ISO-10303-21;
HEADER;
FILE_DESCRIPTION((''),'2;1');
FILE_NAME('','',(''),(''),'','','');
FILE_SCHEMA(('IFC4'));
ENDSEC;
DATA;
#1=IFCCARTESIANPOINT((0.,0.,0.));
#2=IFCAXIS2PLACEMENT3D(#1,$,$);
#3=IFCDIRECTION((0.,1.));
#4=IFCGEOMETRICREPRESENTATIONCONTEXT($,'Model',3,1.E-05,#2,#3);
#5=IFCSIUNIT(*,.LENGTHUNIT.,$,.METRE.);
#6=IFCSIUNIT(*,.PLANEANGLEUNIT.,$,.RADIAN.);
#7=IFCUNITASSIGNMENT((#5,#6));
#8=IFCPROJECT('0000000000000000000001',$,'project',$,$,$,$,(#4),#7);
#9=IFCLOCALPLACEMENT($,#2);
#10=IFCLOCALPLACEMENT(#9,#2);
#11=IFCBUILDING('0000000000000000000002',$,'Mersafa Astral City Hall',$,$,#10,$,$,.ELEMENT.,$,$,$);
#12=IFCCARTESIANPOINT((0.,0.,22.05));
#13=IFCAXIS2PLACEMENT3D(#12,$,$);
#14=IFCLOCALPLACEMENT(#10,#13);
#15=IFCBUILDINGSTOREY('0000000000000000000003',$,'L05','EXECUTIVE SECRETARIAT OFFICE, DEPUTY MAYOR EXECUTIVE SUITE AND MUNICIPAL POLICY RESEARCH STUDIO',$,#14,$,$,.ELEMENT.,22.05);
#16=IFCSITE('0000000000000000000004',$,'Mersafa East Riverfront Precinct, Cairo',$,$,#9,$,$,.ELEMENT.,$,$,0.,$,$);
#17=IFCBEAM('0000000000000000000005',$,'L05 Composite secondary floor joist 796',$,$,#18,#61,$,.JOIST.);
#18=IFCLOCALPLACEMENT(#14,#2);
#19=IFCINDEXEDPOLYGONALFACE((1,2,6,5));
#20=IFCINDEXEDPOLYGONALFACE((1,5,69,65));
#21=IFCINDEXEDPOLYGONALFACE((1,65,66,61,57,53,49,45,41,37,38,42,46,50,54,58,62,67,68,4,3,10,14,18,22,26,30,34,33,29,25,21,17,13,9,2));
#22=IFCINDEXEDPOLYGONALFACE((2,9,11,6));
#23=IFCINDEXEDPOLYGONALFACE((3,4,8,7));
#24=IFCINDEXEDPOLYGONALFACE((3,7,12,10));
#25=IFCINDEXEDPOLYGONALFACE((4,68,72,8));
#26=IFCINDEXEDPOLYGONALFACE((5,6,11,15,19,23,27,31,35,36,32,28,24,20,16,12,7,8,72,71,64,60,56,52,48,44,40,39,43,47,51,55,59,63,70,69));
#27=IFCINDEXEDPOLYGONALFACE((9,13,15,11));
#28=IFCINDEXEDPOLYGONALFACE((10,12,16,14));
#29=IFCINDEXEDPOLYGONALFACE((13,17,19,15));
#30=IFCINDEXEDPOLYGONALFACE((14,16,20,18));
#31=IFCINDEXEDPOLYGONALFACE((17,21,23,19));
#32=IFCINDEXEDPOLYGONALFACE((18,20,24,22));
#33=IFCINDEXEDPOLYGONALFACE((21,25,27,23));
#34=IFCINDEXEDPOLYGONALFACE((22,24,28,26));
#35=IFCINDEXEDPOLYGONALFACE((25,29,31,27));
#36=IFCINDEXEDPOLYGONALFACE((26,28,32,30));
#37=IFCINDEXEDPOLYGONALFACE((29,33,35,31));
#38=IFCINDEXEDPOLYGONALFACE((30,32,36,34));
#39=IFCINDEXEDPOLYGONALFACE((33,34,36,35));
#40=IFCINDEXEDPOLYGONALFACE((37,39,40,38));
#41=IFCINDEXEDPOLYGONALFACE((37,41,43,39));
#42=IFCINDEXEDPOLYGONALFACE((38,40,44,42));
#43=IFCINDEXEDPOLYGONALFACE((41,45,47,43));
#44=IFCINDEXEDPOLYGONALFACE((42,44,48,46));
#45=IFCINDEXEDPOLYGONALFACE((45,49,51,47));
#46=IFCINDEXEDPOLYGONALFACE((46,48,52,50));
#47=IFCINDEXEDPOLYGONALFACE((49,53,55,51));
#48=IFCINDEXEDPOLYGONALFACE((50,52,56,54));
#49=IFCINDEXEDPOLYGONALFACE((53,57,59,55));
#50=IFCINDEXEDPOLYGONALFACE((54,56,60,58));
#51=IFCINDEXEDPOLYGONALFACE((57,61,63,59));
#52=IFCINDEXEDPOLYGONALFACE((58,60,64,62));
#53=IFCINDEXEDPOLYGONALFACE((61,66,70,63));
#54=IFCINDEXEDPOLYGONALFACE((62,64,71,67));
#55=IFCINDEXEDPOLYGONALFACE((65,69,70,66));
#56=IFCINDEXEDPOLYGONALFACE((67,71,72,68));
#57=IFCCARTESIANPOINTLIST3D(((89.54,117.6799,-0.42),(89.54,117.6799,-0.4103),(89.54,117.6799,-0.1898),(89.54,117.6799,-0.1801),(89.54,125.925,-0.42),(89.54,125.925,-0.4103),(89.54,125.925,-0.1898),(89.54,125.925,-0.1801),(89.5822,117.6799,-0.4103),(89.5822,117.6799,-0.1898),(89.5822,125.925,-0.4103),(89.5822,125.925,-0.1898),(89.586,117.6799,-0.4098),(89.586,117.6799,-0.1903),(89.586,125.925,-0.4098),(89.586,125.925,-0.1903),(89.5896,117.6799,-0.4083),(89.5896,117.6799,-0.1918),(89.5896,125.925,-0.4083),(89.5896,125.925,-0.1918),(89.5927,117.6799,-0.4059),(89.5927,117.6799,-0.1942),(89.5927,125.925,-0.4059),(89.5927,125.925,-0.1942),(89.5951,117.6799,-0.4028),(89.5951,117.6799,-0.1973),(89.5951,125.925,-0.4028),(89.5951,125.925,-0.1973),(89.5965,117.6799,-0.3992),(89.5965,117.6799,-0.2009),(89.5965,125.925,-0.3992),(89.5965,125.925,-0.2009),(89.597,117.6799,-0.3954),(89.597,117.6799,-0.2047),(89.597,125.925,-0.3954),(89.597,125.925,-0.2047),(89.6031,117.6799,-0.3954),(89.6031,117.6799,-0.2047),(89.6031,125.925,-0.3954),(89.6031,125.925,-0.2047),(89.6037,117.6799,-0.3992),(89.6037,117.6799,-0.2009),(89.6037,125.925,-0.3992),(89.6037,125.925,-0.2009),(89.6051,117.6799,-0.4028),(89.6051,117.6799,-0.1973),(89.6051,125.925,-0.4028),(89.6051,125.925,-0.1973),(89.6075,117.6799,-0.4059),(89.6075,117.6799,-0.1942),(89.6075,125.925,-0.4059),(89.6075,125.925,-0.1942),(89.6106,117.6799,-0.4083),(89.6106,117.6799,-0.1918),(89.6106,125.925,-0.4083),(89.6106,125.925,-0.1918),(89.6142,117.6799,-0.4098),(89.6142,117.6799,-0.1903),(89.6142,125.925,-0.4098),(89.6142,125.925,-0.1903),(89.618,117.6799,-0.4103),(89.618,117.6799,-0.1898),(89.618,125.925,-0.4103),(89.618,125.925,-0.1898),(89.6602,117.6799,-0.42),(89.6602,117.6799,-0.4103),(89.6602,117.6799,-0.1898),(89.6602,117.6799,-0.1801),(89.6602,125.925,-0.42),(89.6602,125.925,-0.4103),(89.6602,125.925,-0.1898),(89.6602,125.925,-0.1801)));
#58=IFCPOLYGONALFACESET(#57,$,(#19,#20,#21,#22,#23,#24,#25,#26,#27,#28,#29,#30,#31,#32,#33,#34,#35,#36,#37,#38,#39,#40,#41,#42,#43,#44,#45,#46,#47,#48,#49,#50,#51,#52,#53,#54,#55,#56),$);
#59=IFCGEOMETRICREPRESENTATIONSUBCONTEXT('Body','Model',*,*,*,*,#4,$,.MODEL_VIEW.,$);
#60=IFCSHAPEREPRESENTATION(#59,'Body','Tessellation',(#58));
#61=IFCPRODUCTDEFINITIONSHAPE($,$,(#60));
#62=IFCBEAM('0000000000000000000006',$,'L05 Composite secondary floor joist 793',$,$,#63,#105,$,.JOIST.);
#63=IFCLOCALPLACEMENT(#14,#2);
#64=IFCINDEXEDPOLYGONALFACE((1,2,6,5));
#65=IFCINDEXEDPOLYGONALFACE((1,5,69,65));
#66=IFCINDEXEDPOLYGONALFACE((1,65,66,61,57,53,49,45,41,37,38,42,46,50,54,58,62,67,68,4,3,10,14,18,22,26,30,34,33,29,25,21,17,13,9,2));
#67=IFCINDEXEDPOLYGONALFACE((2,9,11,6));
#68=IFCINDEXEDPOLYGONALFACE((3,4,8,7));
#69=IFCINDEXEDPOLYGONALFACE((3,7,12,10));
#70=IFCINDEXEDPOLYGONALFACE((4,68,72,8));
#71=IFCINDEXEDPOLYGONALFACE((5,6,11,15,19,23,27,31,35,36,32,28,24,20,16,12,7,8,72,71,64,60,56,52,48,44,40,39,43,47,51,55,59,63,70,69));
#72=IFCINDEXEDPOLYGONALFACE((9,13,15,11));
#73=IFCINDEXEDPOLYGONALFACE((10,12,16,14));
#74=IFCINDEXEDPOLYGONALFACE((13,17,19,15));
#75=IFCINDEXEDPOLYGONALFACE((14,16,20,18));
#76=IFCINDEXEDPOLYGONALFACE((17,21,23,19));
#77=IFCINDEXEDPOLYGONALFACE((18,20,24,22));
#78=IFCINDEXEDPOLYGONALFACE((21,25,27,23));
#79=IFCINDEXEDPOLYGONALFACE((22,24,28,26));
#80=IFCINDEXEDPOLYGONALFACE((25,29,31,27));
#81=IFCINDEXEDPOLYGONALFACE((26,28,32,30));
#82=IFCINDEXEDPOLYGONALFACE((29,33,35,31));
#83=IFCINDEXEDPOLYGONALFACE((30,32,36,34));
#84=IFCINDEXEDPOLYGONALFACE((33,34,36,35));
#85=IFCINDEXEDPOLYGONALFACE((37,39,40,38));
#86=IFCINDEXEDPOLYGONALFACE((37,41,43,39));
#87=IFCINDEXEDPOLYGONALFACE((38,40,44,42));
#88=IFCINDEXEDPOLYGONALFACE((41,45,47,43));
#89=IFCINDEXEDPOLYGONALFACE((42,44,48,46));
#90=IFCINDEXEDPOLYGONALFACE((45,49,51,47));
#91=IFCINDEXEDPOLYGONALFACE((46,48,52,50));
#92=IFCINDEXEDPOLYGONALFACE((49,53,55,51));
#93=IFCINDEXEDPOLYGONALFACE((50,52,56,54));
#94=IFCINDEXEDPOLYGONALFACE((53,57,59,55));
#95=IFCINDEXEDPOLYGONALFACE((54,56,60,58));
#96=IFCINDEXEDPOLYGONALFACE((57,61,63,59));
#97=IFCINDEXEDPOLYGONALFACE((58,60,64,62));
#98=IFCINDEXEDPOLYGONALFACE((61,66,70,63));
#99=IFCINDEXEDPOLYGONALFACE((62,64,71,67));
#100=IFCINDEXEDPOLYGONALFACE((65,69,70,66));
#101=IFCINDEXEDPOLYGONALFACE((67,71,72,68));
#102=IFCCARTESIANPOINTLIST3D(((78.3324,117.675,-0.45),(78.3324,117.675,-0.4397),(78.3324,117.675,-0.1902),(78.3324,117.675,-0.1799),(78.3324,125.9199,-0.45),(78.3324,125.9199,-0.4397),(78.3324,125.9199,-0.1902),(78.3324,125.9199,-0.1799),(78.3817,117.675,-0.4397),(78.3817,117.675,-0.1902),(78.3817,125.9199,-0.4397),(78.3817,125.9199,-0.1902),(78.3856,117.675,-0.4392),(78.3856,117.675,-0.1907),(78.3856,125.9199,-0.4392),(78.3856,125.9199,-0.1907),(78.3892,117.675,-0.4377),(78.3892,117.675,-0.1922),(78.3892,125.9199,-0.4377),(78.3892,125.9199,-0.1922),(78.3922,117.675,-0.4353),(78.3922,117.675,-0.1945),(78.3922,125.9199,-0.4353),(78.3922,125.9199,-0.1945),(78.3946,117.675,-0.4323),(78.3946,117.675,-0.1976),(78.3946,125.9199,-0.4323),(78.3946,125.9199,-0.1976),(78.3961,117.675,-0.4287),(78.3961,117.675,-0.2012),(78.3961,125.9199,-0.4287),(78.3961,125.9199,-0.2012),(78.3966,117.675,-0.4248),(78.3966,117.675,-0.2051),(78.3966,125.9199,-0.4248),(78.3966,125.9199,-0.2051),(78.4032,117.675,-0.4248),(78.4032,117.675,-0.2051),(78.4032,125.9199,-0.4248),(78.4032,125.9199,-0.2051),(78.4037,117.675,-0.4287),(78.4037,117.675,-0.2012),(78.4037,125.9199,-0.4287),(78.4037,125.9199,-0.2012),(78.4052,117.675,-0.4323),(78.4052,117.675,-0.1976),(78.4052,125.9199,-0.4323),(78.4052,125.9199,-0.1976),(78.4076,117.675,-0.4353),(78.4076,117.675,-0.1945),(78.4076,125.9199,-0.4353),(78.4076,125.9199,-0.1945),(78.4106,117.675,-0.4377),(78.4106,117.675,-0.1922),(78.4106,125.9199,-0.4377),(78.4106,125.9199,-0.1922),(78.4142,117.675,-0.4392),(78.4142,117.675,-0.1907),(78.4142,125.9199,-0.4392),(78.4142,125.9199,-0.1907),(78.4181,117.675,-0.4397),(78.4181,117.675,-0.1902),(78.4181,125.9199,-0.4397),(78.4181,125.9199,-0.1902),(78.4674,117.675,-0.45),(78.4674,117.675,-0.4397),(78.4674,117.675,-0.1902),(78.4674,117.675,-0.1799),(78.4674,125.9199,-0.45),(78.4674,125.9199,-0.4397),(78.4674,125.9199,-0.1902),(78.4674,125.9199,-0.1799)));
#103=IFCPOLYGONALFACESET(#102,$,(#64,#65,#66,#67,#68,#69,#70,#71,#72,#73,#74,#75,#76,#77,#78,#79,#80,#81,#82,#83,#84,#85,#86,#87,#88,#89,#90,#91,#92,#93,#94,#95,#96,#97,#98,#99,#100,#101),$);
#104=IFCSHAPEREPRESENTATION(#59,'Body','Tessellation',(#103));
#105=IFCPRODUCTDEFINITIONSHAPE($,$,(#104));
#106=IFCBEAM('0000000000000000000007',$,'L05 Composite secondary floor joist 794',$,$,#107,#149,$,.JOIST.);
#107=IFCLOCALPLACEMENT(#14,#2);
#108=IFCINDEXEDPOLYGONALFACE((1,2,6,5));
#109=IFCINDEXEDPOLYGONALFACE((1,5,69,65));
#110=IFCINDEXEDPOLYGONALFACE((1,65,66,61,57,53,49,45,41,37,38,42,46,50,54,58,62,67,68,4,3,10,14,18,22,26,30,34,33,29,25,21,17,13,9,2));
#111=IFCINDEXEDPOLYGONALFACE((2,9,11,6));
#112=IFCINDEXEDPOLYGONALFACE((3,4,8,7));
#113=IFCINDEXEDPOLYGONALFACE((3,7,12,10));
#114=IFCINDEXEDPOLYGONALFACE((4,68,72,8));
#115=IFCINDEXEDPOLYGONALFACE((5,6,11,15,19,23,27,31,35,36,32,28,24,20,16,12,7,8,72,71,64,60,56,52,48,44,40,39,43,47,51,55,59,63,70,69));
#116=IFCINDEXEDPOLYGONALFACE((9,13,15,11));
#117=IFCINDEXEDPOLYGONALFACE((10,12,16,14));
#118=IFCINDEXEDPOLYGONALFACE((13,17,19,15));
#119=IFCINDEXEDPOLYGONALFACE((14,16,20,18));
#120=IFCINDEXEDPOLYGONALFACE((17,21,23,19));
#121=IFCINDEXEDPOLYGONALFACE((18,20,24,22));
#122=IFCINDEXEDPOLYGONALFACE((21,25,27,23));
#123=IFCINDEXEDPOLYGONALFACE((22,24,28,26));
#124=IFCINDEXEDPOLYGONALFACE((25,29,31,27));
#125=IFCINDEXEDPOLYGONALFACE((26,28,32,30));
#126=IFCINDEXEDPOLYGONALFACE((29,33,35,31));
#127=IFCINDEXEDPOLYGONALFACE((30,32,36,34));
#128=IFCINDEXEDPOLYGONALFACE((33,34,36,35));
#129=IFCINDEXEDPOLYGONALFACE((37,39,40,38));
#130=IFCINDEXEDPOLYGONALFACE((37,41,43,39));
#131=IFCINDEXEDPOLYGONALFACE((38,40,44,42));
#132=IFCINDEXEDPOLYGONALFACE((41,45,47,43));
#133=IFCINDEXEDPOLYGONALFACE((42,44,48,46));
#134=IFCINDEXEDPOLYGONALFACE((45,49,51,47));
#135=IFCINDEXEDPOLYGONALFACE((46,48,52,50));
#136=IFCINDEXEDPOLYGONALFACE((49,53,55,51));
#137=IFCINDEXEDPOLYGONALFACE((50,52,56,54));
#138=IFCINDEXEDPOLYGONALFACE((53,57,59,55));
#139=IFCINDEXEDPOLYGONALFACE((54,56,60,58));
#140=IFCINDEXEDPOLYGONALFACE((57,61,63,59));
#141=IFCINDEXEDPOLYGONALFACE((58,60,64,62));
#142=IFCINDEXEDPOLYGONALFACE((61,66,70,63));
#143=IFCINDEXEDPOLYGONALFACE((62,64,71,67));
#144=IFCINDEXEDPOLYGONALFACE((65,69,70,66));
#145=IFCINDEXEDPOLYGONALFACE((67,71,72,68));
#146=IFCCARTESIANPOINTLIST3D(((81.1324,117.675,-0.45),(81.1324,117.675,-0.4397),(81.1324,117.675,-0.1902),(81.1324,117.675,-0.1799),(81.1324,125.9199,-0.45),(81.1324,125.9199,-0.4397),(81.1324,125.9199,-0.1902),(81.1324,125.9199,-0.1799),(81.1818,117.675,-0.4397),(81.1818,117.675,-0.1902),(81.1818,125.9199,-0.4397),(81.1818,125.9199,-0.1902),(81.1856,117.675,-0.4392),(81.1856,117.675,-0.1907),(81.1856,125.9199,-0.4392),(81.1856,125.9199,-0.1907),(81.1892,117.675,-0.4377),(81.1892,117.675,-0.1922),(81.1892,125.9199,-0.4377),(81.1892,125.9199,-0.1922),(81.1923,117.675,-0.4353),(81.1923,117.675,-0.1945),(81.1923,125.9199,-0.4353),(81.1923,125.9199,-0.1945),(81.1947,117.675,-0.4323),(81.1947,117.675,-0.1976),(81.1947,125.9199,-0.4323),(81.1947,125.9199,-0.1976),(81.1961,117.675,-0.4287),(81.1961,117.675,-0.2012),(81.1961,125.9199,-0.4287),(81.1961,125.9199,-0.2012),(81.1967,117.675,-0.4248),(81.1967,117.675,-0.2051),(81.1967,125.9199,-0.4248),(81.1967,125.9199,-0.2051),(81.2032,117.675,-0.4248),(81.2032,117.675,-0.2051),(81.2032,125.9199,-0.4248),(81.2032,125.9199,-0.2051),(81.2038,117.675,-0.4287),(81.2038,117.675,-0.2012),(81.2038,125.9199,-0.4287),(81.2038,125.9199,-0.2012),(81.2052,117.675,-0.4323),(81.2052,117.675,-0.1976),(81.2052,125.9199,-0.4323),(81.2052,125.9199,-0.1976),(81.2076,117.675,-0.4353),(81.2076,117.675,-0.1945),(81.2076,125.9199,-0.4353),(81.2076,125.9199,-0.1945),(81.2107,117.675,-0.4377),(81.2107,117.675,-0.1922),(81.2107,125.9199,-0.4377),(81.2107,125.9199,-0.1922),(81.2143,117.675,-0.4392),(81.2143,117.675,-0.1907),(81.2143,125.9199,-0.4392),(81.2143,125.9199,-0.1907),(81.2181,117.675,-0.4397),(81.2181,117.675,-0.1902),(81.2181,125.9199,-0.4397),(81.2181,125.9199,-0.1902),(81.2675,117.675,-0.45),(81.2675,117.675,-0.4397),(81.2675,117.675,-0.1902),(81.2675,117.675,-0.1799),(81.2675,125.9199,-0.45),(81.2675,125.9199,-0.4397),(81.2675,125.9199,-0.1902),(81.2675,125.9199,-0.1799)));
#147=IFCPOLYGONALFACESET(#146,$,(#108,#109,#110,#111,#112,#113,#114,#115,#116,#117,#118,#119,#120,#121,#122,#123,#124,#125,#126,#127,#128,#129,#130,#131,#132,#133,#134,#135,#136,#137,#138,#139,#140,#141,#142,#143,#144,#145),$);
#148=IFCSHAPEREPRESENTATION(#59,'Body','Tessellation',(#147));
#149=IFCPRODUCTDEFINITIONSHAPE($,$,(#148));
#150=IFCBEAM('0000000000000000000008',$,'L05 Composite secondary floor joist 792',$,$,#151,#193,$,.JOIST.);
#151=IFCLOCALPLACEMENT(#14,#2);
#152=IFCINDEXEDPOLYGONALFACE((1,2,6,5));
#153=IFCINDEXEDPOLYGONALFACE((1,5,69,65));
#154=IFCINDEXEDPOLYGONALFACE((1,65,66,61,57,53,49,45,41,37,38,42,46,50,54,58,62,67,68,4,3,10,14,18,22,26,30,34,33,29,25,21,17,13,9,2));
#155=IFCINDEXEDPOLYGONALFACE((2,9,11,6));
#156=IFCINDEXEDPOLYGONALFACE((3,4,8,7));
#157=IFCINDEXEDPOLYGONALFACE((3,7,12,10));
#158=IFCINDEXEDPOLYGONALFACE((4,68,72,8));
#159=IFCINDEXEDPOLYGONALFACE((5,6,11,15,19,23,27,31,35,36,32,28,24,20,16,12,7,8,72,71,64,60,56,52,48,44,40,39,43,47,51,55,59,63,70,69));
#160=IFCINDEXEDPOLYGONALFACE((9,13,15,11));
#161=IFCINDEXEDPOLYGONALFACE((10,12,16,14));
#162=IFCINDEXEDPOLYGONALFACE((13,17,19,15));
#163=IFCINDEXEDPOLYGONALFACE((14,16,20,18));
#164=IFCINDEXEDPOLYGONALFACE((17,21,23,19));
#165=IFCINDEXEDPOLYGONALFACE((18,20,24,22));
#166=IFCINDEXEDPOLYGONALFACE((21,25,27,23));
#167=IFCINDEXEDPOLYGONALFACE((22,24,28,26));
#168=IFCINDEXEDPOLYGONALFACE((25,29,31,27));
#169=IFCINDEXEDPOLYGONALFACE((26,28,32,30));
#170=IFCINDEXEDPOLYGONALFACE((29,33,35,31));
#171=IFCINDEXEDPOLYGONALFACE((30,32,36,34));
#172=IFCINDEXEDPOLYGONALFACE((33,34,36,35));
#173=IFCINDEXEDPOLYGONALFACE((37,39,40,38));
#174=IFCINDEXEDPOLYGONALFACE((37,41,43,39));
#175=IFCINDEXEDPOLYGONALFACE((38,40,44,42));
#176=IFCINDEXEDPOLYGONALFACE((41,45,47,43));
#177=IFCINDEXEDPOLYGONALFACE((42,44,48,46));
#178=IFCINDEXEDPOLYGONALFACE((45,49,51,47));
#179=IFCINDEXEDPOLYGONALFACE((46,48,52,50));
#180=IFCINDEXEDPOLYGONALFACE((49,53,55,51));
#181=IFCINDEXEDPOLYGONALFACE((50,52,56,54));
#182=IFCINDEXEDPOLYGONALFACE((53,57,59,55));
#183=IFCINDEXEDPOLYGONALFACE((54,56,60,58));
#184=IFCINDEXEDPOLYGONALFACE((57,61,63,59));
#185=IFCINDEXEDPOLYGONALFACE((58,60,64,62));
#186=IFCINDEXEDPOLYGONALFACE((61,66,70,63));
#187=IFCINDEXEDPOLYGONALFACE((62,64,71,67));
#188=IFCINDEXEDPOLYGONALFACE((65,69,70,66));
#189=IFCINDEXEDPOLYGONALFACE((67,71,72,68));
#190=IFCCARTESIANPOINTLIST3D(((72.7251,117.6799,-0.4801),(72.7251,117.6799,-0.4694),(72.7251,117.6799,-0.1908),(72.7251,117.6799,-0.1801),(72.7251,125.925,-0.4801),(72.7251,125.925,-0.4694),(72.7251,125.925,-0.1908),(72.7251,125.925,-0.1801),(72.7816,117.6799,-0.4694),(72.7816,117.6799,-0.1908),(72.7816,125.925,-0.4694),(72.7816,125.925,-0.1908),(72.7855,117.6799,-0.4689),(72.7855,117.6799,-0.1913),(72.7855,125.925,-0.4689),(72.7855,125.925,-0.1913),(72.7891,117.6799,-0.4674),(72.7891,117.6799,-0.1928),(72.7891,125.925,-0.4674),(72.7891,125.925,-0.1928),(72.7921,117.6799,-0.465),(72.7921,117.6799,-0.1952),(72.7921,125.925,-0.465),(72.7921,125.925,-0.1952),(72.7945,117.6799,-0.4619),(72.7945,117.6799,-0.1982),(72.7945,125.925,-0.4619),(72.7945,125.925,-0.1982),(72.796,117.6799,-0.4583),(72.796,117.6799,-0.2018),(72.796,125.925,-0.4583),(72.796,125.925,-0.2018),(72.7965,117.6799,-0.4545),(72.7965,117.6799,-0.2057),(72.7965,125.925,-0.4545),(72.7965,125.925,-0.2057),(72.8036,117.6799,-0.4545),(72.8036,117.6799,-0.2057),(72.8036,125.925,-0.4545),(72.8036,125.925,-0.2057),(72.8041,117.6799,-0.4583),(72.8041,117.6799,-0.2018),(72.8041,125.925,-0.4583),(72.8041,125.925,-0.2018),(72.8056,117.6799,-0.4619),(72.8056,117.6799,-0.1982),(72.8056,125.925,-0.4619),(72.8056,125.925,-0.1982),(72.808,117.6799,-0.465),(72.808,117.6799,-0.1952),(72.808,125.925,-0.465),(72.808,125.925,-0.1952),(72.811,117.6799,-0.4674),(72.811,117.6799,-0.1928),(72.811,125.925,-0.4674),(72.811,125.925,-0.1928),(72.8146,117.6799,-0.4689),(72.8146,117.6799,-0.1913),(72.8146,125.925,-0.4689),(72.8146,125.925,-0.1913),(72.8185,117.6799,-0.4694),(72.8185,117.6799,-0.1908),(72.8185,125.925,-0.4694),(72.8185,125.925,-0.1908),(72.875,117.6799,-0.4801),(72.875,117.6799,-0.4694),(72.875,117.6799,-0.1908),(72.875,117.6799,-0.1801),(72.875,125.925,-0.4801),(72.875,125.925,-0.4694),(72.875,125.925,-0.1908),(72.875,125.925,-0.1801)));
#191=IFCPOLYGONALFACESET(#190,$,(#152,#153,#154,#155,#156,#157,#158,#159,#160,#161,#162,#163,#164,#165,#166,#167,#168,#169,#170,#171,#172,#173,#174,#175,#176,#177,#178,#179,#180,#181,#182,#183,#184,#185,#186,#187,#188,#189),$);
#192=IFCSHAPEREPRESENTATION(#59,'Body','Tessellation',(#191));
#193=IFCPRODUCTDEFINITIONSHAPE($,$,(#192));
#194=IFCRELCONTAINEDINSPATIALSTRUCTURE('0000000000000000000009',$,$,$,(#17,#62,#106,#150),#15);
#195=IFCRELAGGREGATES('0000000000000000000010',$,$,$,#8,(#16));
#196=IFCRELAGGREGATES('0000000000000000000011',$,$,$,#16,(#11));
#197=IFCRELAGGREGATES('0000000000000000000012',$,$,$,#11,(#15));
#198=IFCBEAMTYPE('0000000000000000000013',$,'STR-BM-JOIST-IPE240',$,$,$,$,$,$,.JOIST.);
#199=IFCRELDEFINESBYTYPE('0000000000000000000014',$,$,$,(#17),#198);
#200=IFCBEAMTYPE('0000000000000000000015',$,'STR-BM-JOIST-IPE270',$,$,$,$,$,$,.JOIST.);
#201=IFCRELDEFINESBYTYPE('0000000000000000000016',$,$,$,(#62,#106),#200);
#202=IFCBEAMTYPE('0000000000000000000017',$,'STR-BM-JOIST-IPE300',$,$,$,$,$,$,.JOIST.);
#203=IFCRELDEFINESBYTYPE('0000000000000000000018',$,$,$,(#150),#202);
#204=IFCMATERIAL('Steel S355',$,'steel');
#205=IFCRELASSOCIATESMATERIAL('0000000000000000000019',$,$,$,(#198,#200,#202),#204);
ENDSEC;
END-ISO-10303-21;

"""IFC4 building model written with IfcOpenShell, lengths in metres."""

from ifc_helpers import new_model, si_unit, direction, frame, origin, origin_2d, place, context, subcontext, project, spatial, i_section, extrude, material, material_profile, profile_set, type_object, element, save


model = new_model("IFC4")

# Units and contexts
model_context = context("Model", 3, precision=1e-05, world=origin(), true_north=direction((0.0, 1.0)))
body_context = subcontext(model_context, "Body", "Model", "MODEL_VIEW")
ifc_project = project(units=[si_unit("LENGTHUNIT", "METRE"), si_unit("PLANEANGLEUNIT", "RADIAN")], contexts=[model_context])

# Site, building, storey
site_placement = place(None, origin())
site = spatial("IfcSite", under=ifc_project, at=site_placement, Name="Mersafa East Riverfront Precinct, Cairo", CompositionType="ELEMENT", RefElevation=0.0)
building_placement = place(site_placement, origin())
building = spatial("IfcBuilding", under=site, at=building_placement, Name="Mersafa Astral City Hall", CompositionType="ELEMENT")
storey_placement = place(building_placement, frame((0.0, 0.0, 22.05)))
storey = spatial("IfcBuildingStorey", under=building, at=storey_placement, Name="L05", Description="EXECUTIVE SECRETARIAT OFFICE, DEPUTY MAYOR EXECUTIVE SUITE AND MUNICIPAL POLICY RESEARCH STUDIO", CompositionType="ELEMENT", Elevation=22.05)

# Shared definitions
ifc_material_1 = material(Name="Steel S355", Category="steel")

# Beams
ifc_material_profile_1 = material_profile(ifc_material_1, i_section(OverallWidth=0.1201, OverallDepth=0.24, WebThickness=0.0061, FlangeThickness=0.0098, FilletRadius=0.0149, at=origin_2d()), Name="IPE 240")
ifc_profile_set_1 = profile_set([ifc_material_profile_1], Name="Steel S355")
beam_type_1 = type_object("IfcBeamType", Name="STR-BM-JOIST-IPE240", PredefinedType="JOIST", material=ifc_profile_set_1)
for number, where, z_axis, x_axis, name in (
    (1, (89.6001, 117.6799, -0.3), (0.0, 1.0, 0.0), (-1.0, 0.0, 0.0), "L05 Composite secondary floor joist 796"),
):
    element("IfcBeam", number, at=place(storey_placement, frame(where, z_axis=z_axis, x_axis=x_axis)), inside=storey, type_object=beam_type_1, Name=name, PredefinedType="JOIST", context=body_context, shape_type="SweptSolid", body=[
        extrude(i_section(OverallWidth=0.1201, OverallDepth=0.24, WebThickness=0.0061, FlangeThickness=0.0098, FilletRadius=0.0149, at=origin_2d()), origin(), (0.0, 0.0, 1.0), 8.2451),
    ])
ifc_material_profile_2 = material_profile(ifc_material_1, i_section(OverallWidth=0.135, OverallDepth=0.27, WebThickness=0.0066, FlangeThickness=0.0103, FilletRadius=0.0149, at=origin_2d()), Name="IPE 270")
ifc_profile_set_2 = profile_set([ifc_material_profile_2], Name="Steel S355")
beam_type_2 = type_object("IfcBeamType", Name="STR-BM-JOIST-IPE270", PredefinedType="JOIST", material=ifc_profile_set_2)
for number, where, z_axis, x_axis, name in (
    (2, (78.3999, 117.675, -0.3149), (0.0, 1.0, 0.0), (-1.0, 0.0, 0.0), "L05 Composite secondary floor joist 793"),
    (3, (81.2, 117.675, -0.3149), (0.0, 1.0, 0.0), (-1.0, 0.0, 0.0), "L05 Composite secondary floor joist 794"),
):
    element("IfcBeam", number, at=place(storey_placement, frame(where, z_axis=z_axis, x_axis=x_axis)), inside=storey, type_object=beam_type_2, Name=name, PredefinedType="JOIST", context=body_context, shape_type="SweptSolid", body=[
        extrude(i_section(OverallWidth=0.135, OverallDepth=0.27, WebThickness=0.0066, FlangeThickness=0.0103, FilletRadius=0.0149, at=origin_2d()), origin(), (0.0, 0.0, 1.0), 8.2449),
    ])
ifc_material_profile_3 = material_profile(ifc_material_1, i_section(OverallWidth=0.1499, OverallDepth=0.3, WebThickness=0.0071, FlangeThickness=0.0107, FilletRadius=0.0149, at=origin_2d()), Name="IPE 300")
ifc_profile_set_3 = profile_set([ifc_material_profile_3], Name="Steel S355")
beam_type_3 = type_object("IfcBeamType", Name="STR-BM-JOIST-IPE300", PredefinedType="JOIST", material=ifc_profile_set_3)
beam_1_placement = place(storey_placement, frame((72.8, 117.6799, -0.3301), z_axis=(0.0, 1.0, 0.0), x_axis=(-1.0, 0.0, 0.0)))
element("IfcBeam", 4, at=beam_1_placement, inside=storey, type_object=beam_type_3, Name="L05 Composite secondary floor joist 792", PredefinedType="JOIST", context=body_context, shape_type="SweptSolid", body=[
    extrude(i_section(OverallWidth=0.1499, OverallDepth=0.3, WebThickness=0.0071, FlangeThickness=0.0107, FilletRadius=0.0149, at=origin_2d()), origin(), (0.0, 0.0, 1.0), 8.2451),
])

save(model, "model.ifc")
